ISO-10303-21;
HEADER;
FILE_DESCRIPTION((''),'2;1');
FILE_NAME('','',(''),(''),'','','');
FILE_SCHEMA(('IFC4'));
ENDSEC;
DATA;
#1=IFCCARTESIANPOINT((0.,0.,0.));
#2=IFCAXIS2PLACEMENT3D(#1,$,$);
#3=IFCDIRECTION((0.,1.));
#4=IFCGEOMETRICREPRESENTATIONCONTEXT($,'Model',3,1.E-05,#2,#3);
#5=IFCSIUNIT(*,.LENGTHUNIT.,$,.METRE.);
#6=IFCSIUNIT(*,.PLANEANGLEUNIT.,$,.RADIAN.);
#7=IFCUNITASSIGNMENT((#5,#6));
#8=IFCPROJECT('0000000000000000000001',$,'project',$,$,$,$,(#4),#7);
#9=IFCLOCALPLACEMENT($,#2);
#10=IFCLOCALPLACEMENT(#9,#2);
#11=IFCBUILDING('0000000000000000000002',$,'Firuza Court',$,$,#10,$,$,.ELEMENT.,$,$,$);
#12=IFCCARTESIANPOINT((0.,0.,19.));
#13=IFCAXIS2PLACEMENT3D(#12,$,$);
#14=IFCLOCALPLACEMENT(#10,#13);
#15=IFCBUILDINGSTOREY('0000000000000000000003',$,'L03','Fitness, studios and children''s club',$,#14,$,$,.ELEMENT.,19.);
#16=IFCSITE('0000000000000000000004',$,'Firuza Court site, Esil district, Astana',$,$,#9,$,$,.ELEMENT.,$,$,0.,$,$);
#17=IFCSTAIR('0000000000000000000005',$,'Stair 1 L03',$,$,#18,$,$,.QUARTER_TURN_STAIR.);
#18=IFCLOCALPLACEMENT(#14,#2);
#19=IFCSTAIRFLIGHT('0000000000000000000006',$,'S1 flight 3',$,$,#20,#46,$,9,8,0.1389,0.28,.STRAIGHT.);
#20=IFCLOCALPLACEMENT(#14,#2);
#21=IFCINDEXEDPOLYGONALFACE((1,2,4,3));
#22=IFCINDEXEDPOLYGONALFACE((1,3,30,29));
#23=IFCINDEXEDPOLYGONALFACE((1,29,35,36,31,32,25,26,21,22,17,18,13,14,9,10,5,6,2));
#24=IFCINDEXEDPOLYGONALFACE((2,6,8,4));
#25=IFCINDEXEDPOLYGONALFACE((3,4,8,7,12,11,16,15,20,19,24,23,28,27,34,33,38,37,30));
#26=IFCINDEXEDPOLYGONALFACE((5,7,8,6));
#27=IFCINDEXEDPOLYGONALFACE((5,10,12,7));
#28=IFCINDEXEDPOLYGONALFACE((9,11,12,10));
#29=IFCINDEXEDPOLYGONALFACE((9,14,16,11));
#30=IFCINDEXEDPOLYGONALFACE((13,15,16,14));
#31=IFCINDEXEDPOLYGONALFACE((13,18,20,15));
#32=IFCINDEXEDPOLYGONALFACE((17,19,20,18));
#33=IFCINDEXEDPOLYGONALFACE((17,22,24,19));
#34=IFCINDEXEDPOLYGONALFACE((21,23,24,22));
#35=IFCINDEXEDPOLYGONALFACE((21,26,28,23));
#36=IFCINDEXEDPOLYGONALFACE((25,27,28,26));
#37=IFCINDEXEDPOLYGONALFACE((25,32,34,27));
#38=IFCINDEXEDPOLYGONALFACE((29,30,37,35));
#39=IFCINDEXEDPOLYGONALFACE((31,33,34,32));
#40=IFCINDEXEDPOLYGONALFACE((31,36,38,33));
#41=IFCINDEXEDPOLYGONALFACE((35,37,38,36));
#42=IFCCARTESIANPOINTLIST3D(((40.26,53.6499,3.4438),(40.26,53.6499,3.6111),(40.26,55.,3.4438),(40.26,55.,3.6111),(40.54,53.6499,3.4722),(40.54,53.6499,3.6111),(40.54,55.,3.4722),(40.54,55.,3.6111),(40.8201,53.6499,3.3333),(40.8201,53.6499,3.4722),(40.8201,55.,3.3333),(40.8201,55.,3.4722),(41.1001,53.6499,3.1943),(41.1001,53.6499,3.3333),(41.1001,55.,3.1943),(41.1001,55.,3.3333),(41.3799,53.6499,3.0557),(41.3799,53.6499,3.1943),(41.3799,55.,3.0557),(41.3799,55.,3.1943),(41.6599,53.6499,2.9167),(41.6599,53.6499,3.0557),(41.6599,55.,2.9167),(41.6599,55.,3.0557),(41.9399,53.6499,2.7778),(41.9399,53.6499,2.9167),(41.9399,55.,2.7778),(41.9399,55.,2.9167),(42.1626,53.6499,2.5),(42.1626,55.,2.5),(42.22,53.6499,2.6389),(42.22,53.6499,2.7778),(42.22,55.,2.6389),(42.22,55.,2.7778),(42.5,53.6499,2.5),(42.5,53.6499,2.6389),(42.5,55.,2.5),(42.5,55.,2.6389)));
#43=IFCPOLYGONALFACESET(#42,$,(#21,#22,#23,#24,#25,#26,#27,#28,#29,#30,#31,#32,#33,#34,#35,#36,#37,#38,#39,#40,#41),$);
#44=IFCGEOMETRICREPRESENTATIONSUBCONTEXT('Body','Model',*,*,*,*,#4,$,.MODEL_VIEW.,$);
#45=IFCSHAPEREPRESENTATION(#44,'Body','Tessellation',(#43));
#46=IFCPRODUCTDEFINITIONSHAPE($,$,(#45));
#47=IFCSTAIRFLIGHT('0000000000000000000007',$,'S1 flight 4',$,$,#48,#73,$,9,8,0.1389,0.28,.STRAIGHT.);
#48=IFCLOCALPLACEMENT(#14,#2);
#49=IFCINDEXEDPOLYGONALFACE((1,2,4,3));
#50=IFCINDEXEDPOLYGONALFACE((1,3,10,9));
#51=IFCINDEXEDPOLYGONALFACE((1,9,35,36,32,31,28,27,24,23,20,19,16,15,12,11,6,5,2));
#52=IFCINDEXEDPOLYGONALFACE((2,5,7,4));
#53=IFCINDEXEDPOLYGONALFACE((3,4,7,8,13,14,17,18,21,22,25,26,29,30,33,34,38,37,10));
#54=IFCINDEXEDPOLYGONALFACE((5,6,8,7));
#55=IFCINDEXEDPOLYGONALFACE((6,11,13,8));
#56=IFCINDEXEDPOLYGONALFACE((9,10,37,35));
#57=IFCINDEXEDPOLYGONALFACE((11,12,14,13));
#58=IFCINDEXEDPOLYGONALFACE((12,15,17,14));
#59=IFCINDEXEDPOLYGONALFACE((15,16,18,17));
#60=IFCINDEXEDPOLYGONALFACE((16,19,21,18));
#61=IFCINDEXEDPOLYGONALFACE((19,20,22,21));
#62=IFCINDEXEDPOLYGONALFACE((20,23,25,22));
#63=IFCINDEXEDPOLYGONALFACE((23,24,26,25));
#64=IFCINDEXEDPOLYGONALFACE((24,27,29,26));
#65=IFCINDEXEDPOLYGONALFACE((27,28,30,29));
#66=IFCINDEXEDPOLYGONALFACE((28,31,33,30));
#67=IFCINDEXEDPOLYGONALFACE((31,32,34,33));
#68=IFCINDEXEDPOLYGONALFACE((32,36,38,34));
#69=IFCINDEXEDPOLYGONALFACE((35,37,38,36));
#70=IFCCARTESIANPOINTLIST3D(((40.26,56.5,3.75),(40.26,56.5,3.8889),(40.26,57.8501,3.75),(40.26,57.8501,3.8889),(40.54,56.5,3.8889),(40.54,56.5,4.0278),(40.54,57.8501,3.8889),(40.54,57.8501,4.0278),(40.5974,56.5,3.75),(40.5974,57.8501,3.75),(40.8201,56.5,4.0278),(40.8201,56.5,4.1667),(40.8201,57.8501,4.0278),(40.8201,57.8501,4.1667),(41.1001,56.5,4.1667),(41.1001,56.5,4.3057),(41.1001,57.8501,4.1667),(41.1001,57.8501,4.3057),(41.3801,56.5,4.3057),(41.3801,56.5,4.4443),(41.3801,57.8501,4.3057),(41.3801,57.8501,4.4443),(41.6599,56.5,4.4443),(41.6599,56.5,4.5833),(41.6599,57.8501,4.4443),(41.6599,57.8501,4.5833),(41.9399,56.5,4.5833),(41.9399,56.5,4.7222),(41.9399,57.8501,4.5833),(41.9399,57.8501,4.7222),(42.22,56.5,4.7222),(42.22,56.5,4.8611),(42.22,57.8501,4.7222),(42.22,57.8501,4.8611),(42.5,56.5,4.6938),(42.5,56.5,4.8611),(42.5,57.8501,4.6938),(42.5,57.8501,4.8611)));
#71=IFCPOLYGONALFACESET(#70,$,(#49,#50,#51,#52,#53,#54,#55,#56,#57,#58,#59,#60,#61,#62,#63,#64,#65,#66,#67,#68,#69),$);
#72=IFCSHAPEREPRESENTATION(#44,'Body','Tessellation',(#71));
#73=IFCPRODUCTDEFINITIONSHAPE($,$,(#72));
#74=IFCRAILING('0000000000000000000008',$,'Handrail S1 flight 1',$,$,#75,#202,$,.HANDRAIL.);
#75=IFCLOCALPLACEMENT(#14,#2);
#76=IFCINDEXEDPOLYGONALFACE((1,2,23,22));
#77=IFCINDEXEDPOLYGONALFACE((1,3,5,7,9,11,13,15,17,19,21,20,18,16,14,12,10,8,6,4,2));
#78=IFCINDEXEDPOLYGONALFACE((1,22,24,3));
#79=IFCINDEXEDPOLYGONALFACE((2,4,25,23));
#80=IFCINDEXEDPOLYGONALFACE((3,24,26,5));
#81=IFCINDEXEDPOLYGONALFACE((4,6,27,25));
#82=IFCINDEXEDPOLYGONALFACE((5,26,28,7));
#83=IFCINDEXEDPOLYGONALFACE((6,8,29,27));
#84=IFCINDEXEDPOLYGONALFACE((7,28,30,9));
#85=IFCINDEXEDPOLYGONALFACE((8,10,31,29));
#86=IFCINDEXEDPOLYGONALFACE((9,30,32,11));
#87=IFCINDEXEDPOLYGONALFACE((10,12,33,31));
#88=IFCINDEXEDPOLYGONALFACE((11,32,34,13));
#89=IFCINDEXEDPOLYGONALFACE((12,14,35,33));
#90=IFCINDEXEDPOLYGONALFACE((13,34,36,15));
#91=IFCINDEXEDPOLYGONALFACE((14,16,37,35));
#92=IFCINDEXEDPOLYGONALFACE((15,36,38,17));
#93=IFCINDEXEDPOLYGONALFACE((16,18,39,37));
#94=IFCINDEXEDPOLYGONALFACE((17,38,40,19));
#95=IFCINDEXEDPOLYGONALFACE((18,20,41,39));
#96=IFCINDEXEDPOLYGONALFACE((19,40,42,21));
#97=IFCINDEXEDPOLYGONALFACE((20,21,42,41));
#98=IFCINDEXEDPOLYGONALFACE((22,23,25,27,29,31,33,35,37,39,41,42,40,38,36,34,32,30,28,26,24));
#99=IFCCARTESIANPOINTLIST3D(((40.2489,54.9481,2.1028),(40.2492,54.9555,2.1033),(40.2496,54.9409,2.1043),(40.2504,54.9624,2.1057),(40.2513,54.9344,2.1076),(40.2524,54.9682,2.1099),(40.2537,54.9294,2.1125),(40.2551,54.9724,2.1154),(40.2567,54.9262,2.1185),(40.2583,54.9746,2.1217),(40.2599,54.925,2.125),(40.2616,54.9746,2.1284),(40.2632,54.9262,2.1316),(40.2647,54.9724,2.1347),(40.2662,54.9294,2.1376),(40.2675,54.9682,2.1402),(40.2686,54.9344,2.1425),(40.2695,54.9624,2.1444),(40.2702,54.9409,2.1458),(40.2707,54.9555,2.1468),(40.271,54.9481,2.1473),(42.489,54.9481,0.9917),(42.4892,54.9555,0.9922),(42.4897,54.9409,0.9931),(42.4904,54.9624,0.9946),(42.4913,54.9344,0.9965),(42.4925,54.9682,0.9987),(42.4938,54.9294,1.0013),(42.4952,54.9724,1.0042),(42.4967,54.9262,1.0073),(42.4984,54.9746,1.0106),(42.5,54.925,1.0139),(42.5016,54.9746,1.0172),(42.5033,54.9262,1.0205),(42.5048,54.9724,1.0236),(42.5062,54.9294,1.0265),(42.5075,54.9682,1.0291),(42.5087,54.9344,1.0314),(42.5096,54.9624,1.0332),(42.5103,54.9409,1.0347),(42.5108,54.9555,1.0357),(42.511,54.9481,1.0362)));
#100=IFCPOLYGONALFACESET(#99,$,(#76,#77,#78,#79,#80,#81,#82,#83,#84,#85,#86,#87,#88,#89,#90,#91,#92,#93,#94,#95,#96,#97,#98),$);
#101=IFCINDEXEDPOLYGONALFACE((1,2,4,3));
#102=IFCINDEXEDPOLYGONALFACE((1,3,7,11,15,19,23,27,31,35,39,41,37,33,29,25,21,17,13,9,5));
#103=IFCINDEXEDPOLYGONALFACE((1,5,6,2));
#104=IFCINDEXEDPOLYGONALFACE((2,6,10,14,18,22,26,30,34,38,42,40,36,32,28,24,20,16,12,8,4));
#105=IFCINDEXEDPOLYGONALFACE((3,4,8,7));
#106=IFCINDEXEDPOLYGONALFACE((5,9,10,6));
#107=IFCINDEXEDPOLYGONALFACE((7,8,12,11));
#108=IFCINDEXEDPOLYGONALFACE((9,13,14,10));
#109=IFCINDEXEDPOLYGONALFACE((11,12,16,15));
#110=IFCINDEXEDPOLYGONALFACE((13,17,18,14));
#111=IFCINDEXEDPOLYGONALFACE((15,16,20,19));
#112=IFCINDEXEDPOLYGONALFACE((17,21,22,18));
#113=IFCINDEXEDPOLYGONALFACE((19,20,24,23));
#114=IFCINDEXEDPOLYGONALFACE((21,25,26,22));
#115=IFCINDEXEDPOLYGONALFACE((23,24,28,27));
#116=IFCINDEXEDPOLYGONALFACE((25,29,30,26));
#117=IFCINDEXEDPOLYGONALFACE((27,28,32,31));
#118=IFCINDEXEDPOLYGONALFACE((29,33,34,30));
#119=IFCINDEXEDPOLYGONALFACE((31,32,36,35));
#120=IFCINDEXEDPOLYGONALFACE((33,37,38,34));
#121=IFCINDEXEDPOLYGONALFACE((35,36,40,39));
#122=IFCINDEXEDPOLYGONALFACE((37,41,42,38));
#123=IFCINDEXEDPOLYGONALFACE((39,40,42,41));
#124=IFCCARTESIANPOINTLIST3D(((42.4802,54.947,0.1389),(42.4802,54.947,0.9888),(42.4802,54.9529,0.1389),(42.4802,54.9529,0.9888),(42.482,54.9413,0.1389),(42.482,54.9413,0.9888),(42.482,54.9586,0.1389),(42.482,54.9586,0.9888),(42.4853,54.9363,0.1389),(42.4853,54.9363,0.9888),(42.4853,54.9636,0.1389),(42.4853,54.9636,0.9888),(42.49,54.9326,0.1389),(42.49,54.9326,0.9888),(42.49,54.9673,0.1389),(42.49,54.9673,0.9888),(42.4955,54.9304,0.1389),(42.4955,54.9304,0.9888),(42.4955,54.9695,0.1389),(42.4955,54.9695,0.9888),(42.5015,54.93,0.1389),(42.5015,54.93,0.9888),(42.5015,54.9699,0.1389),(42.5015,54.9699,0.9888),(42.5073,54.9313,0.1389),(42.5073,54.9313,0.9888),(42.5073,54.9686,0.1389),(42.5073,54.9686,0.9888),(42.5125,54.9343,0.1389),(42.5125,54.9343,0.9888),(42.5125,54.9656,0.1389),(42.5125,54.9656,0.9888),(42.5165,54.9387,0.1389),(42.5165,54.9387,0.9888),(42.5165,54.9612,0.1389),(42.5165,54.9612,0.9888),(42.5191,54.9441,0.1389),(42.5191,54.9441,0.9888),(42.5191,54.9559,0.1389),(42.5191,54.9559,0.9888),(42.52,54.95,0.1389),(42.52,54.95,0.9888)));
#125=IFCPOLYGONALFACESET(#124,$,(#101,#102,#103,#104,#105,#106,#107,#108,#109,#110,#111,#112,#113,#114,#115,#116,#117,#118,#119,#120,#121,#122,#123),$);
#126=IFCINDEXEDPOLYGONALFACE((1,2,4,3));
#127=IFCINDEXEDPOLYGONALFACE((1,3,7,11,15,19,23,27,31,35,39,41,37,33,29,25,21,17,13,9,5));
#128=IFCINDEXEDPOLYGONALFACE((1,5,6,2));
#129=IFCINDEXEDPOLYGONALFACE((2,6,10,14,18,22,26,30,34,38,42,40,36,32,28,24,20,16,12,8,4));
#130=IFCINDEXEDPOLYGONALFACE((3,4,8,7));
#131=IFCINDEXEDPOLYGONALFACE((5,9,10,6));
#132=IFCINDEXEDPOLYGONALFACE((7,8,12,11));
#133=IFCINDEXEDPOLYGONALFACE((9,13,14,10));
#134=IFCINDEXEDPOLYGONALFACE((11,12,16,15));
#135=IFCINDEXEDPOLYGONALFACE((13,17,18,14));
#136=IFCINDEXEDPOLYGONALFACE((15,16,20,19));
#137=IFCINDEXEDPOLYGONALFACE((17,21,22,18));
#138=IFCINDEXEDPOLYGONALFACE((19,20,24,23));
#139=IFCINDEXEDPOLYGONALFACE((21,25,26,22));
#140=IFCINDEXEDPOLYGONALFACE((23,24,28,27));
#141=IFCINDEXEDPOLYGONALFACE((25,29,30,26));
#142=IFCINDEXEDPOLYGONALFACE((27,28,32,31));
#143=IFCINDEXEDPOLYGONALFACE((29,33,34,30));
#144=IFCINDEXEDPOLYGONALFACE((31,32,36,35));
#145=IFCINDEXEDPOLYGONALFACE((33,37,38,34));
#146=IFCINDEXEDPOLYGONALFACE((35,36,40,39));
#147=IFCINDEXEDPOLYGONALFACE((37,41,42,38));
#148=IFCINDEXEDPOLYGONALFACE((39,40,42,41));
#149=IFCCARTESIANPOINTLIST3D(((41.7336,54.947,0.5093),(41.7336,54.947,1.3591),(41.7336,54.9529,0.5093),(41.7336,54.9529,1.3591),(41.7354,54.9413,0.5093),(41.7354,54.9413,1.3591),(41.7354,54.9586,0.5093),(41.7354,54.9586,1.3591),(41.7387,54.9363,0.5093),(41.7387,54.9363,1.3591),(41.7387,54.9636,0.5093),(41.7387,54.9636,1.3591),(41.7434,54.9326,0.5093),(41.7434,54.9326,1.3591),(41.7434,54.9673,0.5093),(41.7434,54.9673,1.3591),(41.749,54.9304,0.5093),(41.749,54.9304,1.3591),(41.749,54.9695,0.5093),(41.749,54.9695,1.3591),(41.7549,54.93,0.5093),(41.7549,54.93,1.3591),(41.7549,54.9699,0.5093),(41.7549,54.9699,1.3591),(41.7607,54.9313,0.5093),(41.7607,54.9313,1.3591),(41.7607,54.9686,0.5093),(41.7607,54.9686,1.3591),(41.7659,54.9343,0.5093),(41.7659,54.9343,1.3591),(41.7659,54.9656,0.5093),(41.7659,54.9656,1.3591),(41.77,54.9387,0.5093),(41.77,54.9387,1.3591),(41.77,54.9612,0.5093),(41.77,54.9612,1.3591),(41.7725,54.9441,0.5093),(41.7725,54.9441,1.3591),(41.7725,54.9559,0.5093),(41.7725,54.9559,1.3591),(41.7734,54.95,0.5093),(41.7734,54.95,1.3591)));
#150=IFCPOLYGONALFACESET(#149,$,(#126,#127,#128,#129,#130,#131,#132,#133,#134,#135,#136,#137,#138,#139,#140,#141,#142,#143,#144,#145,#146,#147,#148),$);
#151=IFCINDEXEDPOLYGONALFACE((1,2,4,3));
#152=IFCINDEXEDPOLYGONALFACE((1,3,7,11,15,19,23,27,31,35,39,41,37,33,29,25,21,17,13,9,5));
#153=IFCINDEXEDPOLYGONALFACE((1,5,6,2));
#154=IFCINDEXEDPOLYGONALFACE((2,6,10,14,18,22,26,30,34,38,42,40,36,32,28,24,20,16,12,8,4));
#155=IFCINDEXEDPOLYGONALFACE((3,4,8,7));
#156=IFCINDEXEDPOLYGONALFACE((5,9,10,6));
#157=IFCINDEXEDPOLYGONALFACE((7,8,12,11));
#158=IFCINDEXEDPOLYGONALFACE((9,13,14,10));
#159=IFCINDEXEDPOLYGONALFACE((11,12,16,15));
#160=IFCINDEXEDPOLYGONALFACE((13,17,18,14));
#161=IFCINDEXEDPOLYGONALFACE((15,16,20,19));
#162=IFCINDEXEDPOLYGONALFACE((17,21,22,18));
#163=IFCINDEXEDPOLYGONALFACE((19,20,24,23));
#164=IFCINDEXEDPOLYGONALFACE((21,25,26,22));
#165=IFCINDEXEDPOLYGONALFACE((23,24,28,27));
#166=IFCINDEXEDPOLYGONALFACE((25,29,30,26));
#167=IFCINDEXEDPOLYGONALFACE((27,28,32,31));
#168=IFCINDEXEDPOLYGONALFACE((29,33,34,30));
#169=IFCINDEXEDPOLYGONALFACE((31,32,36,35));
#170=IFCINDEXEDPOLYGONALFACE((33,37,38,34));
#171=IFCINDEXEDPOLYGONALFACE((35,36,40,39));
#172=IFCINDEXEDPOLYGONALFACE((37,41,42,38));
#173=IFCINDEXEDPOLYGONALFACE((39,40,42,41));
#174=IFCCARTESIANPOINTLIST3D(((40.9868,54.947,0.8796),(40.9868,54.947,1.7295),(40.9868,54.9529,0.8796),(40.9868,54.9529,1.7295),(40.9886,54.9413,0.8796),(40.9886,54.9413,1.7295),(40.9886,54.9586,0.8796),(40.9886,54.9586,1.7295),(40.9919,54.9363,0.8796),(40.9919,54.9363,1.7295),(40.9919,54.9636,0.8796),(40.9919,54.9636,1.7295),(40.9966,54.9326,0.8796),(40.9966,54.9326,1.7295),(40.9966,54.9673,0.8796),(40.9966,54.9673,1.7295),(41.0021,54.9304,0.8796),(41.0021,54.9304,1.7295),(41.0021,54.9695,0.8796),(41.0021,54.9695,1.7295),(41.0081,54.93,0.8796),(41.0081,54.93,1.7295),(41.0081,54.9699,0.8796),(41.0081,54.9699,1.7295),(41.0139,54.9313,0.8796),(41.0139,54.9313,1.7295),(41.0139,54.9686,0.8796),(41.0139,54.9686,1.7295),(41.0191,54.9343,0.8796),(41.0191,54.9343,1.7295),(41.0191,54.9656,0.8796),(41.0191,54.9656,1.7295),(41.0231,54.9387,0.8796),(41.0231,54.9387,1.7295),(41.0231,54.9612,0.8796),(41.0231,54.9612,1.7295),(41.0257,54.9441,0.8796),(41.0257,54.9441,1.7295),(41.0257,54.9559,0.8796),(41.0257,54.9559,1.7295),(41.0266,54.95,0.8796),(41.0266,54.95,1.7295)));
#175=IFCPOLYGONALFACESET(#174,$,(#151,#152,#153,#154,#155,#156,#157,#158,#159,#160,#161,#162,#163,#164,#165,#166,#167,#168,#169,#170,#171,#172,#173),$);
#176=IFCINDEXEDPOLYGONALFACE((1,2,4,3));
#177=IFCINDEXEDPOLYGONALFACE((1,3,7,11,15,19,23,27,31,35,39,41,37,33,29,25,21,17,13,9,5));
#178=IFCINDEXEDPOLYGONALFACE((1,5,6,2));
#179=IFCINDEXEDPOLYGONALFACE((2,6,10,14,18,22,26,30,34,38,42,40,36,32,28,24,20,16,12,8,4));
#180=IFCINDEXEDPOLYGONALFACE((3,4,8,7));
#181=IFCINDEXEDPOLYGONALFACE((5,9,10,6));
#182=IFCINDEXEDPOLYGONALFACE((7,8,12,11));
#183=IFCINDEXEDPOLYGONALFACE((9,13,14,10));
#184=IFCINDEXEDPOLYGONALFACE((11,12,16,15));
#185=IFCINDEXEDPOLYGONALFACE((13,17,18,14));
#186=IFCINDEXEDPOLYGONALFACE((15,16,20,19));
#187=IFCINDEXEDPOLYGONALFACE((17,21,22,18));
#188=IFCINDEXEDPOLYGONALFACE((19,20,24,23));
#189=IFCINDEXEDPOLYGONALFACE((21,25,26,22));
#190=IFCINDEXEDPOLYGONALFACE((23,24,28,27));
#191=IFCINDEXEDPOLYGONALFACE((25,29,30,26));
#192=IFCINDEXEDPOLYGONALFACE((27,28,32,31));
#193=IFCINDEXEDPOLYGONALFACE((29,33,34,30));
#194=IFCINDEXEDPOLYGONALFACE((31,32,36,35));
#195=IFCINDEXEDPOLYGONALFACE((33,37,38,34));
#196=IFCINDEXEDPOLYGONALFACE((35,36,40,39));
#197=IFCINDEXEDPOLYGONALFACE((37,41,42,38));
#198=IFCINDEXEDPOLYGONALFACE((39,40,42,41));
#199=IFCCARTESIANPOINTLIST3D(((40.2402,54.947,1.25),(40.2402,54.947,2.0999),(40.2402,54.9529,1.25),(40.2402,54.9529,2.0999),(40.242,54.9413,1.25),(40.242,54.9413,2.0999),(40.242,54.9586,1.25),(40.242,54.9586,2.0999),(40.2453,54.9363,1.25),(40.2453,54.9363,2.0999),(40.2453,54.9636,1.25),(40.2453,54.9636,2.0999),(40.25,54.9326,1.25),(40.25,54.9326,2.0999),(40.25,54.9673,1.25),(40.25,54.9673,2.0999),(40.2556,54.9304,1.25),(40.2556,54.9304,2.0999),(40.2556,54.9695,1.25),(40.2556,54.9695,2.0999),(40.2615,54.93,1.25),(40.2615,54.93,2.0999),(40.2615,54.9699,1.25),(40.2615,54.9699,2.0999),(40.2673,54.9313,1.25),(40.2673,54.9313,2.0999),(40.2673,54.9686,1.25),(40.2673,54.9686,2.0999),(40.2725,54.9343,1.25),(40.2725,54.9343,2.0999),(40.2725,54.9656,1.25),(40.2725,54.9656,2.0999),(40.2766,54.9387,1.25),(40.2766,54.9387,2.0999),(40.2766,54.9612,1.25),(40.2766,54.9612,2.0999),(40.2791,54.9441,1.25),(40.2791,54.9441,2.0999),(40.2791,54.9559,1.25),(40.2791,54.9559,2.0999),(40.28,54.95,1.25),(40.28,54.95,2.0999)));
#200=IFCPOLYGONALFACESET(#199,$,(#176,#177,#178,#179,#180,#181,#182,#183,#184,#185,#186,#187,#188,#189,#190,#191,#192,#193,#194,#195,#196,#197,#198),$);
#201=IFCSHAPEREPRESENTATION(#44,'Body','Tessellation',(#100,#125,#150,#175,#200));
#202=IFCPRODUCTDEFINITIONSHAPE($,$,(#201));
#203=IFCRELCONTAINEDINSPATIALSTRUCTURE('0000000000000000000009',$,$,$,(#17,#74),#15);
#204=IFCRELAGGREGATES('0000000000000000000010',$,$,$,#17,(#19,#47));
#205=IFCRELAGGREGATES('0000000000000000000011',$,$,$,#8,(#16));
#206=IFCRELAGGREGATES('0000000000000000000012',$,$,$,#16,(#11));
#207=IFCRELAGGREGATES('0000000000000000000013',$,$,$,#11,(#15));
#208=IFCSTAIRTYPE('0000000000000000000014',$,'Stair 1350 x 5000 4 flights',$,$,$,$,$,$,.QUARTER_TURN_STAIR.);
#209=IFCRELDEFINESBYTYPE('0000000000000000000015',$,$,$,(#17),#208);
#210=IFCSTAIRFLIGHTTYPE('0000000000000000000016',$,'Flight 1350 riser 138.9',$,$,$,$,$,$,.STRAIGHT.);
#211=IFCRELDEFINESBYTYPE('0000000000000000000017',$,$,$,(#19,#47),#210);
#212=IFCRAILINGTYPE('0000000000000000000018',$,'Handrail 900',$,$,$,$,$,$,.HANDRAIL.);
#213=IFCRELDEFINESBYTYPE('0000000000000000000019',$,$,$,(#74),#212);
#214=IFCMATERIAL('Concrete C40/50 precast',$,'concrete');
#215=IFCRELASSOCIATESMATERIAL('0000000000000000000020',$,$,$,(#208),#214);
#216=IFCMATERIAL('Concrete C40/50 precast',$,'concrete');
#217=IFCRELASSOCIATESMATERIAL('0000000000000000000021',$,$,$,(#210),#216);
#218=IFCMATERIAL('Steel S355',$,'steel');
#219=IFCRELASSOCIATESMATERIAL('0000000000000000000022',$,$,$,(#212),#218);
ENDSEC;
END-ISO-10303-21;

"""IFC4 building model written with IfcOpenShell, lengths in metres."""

from ifc_helpers import new_model, si_unit, direction, frame, origin, origin_2d, place, context, subcontext, project, spatial, polyline, circle, outline, extrude, material, type_object, element, aggregate, save


model = new_model("IFC4")

# Units and contexts
model_context = context("Model", 3, precision=1e-05, world=origin(), true_north=direction((0.0, 1.0)))
body_context = subcontext(model_context, "Body", "Model", "MODEL_VIEW")
ifc_project = project(units=[si_unit("LENGTHUNIT", "METRE"), si_unit("PLANEANGLEUNIT", "RADIAN")], contexts=[model_context])

# Site, building, storey
site_placement = place(None, origin())
site = spatial("IfcSite", under=ifc_project, at=site_placement, Name="Firuza Court site, Esil district, Astana", CompositionType="ELEMENT", RefElevation=0.0)
building_placement = place(site_placement, origin())
building = spatial("IfcBuilding", under=site, at=building_placement, Name="Firuza Court", CompositionType="ELEMENT")
storey_placement = place(building_placement, frame((0.0, 0.0, 19.0)))
storey = spatial("IfcBuildingStorey", under=building, at=storey_placement, Name="L03", Description="Fitness, studios and children's club", CompositionType="ELEMENT", Elevation=19.0)

# Stair, stair flights
ifc_material_1 = material(Name="Concrete C40/50 precast", Category="concrete")
stair_type = type_object("IfcStairType", Name="Stair 1350 x 5000 4 flights", PredefinedType="QUARTER_TURN_STAIR", material=ifc_material_1)
stair_placement = place(storey_placement, origin())
stair = element("IfcStair", 1, at=stair_placement, inside=storey, type_object=stair_type, Name="Stair 1 L03", PredefinedType="QUARTER_TURN_STAIR")
ifc_material_2 = material(Name="Concrete C40/50 precast", Category="concrete")
stair_flight_type = type_object("IfcStairFlightType", Name="Flight 1350 riser 138.9", PredefinedType="STRAIGHT", material=ifc_material_2)
stair_flight_1_placement = place(storey_placement, frame((42.5, 54.325, 2.5), z_axis=(0.0, 0.0, 1.0), x_axis=(-1.0, 0.0, 0.0)))
stair_flight_1 = element("IfcStairFlight", 2, at=stair_flight_1_placement, type_object=stair_flight_type, Name="S1 flight 3", NumberOfRisers=9, NumberOfTreads=8, PredefinedType="STRAIGHT", RiserHeight=0.1389, TreadLength=0.28, context=body_context, shape_type="SweptSolid", body=[
    extrude(outline(polyline([(0.0, 0.0), (0.0, 0.1389), (0.28, 0.1389), (0.28, 0.2778), (0.5601, 0.2778), (0.5601, 0.4167), (0.8401, 0.4167), (0.8401, 0.5557), (1.1201, 0.5557), (1.1201, 0.6943), (1.3999, 0.6943), (1.3999, 0.8333), (1.6799, 0.8333), (1.6799, 0.9722), (1.96, 0.9722), (1.96, 1.1111), (2.24, 1.1111), (2.24, 1.25), (2.24, 0.9438), (0.3374, 0.0), (0.0, 0.0)])), frame((0.0, 0.675, 0.0), z_axis=(0.0, -1.0, 0.0), x_axis=(1.0, 0.0, 0.0)), (0.0, 0.0, 1.0), 1.3501),
])
stair_flight_2_placement = place(storey_placement, frame((40.26, 57.175, 3.75), z_axis=(0.0, 0.0, 1.0), x_axis=(1.0, 0.0, 0.0)))
stair_flight_2 = element("IfcStairFlight", 3, at=stair_flight_2_placement, type_object=stair_flight_type, Name="S1 flight 4", NumberOfRisers=9, NumberOfTreads=8, PredefinedType="STRAIGHT", RiserHeight=0.1389, TreadLength=0.28, context=body_context, shape_type="SweptSolid", body=[
    extrude(outline(polyline([(0.0, 0.0), (0.0, 0.1389), (0.28, 0.1389), (0.28, 0.2778), (0.5601, 0.2778), (0.5601, 0.4167), (0.8401, 0.4167), (0.8401, 0.5557), (1.1201, 0.5557), (1.1201, 0.6943), (1.3999, 0.6943), (1.3999, 0.8333), (1.6799, 0.8333), (1.6799, 0.9722), (1.96, 0.9722), (1.96, 1.1111), (2.24, 1.1111), (2.24, 1.25), (2.24, 0.9438), (0.3374, 0.0), (0.0, 0.0)])), frame((0.0, 0.675, 0.0), z_axis=(0.0, -1.0, 0.0), x_axis=(1.0, 0.0, 0.0)), (0.0, 0.0, 1.0), 1.3501),
])
aggregate(stair, [stair_flight_1, stair_flight_2])

# Railing
ifc_material_3 = material(Name="Steel S355", Category="steel")
railing_type = type_object("IfcRailingType", Name="Handrail 900", PredefinedType="HANDRAIL", material=ifc_material_3)
railing_placement = place(storey_placement, frame((42.5, 54.95, 0.1389)))
element("IfcRailing", 4, at=railing_placement, inside=storey, type_object=railing_type, Name="Handrail S1 flight 1", PredefinedType="HANDRAIL", context=body_context, shape_type="SweptSolid", body=[
    extrude(circle(Radius=0.0249, at=origin_2d()), frame((0.0, 0.0, 0.875), z_axis=(-0.895848, 0.0, 0.44436), x_axis=(0.0, -1.0, 0.0)), (0.0, 0.0, 1.0), 2.5005),
    extrude(circle(Radius=0.02, at=origin_2d()), origin(), (0.0, 0.0, 1.0), 0.8499),
    extrude(circle(Radius=0.02, at=origin_2d()), frame((-0.7466, 0.0, 0.3704)), (0.0, 0.0, 1.0), 0.8499),
    extrude(circle(Radius=0.02, at=origin_2d()), frame((-1.4934, 0.0, 0.7407)), (0.0, 0.0, 1.0), 0.8499),
    extrude(circle(Radius=0.02, at=origin_2d()), frame((-2.24, 0.0, 1.1111)), (0.0, 0.0, 1.0), 0.8499),
])

save(model, "model.ifc")
